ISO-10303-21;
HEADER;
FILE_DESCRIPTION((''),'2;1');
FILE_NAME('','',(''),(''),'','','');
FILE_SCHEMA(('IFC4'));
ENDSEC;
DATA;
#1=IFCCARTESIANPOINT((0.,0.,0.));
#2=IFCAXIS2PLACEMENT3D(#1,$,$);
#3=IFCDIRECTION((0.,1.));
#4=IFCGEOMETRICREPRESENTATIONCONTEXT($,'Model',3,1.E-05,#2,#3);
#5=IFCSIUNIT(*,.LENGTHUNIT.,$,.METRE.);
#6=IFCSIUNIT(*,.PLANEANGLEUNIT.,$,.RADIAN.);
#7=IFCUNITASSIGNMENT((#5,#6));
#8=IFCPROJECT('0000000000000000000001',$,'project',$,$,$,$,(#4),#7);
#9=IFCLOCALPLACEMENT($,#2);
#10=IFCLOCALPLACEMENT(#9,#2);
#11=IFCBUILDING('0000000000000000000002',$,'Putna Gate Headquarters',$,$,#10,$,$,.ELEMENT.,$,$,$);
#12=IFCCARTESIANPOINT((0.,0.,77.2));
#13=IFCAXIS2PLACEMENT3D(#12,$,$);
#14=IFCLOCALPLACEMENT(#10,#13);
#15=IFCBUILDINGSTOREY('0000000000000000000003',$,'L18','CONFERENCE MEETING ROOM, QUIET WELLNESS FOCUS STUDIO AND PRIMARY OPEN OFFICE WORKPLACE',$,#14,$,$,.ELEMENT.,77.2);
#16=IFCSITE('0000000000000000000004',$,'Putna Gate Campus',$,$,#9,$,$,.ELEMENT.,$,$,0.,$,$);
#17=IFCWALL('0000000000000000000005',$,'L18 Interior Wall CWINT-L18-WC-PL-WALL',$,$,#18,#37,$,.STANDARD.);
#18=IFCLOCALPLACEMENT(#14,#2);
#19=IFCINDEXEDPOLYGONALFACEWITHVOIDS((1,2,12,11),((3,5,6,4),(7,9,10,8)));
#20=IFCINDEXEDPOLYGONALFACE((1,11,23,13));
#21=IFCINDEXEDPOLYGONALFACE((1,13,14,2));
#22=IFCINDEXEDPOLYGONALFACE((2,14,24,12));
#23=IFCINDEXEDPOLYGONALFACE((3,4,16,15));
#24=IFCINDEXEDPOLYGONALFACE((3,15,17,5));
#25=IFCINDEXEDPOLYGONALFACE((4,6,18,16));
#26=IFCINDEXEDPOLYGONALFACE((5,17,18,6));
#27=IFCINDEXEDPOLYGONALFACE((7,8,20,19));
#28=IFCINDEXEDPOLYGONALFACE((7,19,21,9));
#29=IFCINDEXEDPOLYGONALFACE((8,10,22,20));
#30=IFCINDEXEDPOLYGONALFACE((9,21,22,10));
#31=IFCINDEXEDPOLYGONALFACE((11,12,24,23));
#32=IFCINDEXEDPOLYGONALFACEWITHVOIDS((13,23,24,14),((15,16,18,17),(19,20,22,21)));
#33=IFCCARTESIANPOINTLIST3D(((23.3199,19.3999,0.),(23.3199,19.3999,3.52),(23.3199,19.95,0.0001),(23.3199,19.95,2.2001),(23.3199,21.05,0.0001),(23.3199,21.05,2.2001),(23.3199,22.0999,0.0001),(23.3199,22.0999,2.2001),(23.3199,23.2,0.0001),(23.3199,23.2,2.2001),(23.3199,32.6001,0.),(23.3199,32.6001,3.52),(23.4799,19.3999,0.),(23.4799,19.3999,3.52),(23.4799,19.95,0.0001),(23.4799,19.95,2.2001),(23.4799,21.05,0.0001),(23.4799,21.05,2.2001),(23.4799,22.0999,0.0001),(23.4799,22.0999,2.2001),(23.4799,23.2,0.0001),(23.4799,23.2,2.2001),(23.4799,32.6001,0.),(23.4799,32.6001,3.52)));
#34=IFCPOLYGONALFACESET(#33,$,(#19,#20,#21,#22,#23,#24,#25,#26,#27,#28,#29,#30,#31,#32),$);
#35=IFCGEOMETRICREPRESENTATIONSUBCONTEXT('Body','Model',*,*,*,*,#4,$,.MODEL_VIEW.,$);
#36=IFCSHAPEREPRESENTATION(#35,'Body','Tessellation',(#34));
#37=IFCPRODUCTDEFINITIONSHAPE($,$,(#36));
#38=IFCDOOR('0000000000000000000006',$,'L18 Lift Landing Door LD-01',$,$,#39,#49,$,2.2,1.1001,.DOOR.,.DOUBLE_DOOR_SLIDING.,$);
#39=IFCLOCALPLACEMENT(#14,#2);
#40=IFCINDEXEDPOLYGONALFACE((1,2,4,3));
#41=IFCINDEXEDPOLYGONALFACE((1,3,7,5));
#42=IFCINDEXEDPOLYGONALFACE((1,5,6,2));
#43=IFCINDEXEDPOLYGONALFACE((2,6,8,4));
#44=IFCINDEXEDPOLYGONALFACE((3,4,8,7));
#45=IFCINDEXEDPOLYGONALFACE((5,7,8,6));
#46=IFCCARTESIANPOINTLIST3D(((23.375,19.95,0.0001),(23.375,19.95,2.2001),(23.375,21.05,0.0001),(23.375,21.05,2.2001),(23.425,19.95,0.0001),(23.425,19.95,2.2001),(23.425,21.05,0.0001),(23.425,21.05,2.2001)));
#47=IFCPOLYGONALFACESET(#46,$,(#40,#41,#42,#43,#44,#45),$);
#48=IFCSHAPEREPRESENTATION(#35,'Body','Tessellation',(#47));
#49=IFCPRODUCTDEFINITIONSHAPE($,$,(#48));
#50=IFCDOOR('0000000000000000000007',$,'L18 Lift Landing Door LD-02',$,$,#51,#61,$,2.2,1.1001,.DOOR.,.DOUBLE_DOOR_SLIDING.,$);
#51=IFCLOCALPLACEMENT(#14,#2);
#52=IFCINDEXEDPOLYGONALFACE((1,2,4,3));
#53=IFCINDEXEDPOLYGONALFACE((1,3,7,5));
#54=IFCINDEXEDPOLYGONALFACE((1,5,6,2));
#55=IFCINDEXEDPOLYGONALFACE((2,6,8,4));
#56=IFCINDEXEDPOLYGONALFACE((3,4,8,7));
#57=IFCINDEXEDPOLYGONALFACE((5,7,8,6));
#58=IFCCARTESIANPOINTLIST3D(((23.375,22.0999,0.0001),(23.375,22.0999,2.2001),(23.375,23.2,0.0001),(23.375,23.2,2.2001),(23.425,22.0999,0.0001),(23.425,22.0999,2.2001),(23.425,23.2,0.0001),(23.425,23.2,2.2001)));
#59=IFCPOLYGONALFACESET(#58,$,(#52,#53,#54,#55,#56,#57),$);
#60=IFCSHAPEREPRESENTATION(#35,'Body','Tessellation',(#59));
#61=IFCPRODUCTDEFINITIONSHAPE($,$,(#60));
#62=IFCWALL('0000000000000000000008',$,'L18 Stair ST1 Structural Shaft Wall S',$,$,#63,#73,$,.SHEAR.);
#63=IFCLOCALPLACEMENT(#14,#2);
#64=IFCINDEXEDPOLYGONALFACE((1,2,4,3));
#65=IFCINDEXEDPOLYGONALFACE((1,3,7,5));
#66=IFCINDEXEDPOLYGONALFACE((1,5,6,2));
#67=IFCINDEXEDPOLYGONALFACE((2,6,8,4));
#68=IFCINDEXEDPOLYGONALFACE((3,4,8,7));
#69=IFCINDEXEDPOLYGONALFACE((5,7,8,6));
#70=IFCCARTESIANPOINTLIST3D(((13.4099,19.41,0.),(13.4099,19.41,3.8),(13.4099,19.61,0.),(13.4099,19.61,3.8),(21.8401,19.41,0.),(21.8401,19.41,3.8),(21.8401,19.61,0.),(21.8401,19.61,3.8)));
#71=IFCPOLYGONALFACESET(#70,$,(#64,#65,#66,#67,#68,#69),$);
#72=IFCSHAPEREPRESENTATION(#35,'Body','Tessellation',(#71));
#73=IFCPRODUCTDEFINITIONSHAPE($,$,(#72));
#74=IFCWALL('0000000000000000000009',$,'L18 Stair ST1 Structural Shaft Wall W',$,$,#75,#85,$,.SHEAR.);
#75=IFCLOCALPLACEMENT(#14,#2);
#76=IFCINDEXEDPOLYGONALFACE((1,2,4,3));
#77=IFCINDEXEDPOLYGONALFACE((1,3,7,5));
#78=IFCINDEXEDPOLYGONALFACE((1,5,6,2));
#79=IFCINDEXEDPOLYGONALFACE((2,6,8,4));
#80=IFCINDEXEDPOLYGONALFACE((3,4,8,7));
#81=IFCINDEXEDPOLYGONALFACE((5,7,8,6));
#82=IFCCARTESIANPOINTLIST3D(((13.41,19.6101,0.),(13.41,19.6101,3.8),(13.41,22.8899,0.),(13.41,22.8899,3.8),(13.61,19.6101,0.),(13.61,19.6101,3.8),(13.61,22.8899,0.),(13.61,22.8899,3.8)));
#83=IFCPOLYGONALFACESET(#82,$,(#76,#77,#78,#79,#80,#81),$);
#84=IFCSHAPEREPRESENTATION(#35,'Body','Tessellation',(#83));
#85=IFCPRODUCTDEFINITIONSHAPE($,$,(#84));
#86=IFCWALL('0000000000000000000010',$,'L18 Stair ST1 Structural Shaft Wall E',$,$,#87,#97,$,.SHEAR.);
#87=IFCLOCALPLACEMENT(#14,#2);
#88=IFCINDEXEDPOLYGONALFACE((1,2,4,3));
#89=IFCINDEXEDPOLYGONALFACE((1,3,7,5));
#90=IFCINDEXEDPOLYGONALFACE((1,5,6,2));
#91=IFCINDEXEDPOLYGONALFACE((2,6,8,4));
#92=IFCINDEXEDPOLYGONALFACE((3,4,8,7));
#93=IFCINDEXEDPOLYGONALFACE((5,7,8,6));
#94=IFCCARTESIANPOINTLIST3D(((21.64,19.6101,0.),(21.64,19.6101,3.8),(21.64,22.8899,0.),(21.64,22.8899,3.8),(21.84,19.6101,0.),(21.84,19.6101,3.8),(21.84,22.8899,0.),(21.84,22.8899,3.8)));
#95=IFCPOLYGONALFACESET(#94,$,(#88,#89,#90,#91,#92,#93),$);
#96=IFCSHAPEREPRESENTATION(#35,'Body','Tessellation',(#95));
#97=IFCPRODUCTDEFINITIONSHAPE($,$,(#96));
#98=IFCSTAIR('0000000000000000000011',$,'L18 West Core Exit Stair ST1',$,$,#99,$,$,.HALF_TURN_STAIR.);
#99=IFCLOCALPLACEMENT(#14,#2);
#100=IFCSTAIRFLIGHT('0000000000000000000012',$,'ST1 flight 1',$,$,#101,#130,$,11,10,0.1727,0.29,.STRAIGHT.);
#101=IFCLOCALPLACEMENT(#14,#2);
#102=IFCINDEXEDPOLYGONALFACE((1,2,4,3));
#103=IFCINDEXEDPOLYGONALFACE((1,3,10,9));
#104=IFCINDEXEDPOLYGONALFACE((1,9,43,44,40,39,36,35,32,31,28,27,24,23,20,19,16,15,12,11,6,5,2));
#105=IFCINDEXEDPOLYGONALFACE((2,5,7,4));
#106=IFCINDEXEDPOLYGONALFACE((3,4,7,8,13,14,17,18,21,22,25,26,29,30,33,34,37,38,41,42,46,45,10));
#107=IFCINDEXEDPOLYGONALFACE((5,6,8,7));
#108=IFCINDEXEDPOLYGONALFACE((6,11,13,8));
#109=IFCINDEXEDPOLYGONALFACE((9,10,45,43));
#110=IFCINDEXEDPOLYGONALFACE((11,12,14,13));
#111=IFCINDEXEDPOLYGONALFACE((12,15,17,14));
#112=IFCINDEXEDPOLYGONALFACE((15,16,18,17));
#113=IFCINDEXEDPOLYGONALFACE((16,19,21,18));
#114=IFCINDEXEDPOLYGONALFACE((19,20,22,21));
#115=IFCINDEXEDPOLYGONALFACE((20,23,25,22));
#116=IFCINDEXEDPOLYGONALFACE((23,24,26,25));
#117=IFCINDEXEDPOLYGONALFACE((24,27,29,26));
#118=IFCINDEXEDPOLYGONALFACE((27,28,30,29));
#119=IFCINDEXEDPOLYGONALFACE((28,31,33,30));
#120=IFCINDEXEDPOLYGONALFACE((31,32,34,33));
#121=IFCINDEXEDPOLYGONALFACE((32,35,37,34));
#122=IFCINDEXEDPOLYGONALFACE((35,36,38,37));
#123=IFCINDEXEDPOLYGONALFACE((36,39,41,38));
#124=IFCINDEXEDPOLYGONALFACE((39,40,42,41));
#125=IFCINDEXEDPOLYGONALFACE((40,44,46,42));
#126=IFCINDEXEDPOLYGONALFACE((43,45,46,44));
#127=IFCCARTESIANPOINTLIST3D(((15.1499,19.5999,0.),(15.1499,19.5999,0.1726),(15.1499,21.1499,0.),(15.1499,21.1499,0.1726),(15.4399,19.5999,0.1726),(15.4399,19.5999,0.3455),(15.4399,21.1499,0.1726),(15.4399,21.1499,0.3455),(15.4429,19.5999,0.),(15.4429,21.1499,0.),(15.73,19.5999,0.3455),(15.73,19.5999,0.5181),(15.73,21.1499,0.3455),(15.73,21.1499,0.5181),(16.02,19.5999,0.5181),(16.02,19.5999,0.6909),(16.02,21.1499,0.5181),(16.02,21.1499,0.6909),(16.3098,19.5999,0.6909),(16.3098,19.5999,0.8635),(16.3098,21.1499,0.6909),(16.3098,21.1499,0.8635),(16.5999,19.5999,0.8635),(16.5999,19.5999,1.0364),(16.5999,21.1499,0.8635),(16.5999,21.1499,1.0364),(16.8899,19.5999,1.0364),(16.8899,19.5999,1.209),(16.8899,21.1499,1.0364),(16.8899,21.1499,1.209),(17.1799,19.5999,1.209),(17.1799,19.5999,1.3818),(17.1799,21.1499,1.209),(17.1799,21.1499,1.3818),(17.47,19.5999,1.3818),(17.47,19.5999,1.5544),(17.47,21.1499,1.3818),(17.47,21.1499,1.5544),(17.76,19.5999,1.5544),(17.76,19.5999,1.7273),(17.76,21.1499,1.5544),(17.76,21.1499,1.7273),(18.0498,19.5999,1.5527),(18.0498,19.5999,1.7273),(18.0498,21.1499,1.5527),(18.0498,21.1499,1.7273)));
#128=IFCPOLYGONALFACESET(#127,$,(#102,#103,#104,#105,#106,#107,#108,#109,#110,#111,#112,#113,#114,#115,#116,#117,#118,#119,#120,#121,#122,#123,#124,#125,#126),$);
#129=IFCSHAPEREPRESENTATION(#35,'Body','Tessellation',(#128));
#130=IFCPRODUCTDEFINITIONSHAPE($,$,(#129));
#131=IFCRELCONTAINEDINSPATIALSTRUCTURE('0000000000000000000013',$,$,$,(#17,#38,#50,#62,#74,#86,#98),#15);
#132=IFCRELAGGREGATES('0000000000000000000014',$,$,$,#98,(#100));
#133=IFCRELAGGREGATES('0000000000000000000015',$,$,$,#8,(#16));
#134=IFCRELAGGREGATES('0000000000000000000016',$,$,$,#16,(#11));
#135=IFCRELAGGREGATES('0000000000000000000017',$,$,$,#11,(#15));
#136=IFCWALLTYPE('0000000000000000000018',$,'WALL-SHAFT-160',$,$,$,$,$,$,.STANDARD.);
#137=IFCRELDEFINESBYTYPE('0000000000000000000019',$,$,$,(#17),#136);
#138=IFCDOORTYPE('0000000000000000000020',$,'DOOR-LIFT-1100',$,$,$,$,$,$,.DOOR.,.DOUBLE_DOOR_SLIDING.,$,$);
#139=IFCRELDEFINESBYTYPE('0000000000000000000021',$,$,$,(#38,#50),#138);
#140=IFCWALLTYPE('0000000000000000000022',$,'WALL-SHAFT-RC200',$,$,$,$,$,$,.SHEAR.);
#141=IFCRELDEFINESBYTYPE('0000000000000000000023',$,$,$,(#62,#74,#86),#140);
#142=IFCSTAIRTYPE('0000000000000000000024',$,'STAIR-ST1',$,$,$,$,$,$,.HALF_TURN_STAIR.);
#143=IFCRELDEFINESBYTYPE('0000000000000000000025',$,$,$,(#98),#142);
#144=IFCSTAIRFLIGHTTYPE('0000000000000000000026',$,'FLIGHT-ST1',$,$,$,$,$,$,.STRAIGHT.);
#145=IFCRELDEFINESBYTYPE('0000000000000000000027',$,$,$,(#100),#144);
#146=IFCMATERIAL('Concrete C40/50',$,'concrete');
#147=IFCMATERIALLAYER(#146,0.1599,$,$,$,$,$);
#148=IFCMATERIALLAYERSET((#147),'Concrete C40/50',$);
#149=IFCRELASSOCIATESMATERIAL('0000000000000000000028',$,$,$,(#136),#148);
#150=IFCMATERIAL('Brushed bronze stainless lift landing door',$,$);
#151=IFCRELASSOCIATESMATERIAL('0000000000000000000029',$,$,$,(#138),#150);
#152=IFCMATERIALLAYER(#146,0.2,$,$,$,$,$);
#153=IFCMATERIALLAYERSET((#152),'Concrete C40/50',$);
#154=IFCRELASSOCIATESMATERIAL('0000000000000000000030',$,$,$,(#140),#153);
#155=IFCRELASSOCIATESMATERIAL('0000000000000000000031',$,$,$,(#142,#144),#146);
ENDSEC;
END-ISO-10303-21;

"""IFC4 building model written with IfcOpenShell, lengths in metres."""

from ifc_helpers import new_model, si_unit, direction, frame, frame_2d, origin, place, context, subcontext, project, spatial, polyline, rectangle, outline, extrude, material, layer, layer_set, type_object, element, fill, aggregate, save


model = new_model("IFC4")

# Units and contexts
model_context = context("Model", 3, precision=1e-05, world=origin(), true_north=direction((0.0, 1.0)))
body_context = subcontext(model_context, "Body", "Model", "MODEL_VIEW")
ifc_project = project(units=[si_unit("LENGTHUNIT", "METRE"), si_unit("PLANEANGLEUNIT", "RADIAN")], contexts=[model_context])

# Site, building, storey
site_placement = place(None, origin())
site = spatial("IfcSite", under=ifc_project, at=site_placement, Name="Putna Gate Campus", CompositionType="ELEMENT", RefElevation=0.0)
building_placement = place(site_placement, origin())
building = spatial("IfcBuilding", under=site, at=building_placement, Name="Putna Gate Headquarters", CompositionType="ELEMENT")
storey_placement = place(building_placement, frame((0.0, 0.0, 77.2)))
storey = spatial("IfcBuildingStorey", under=building, at=storey_placement, Name="L18", Description="CONFERENCE MEETING ROOM, QUIET WELLNESS FOCUS STUDIO AND PRIMARY OPEN OFFICE WORKPLACE", CompositionType="ELEMENT", Elevation=77.2)

# Wall, openings, doors
ifc_material_1 = material(Name="Concrete C40/50", Category="concrete")
ifc_layer_1 = layer(ifc_material_1, 0.1599)
ifc_layer_set_1 = layer_set([ifc_layer_1], Name="Concrete C40/50")
wall_type_1 = type_object("IfcWallType", Name="WALL-SHAFT-160", PredefinedType="STANDARD", material=ifc_layer_set_1)
wall_1_placement = place(storey_placement, frame((23.3999, 19.3999, 0.0), z_axis=(0.0, 0.0, 1.0), x_axis=(0.0, 1.0, 0.0)))
wall_1 = element("IfcWall", 1, at=wall_1_placement, inside=storey, type_object=wall_type_1, Name="L18 Interior Wall CWINT-L18-WC-PL-WALL", PredefinedType="STANDARD", context=body_context, shape_type="SweptSolid", body=[
    extrude(rectangle(XDim=13.2002, YDim=0.1599, at=frame_2d((6.6001, 0.0))), origin(), (0.0, 0.0, 1.0), 3.52),
])
opening_1_placement = place(wall_1_placement, frame((0.55, 0.0, 0.0)))
opening_1 = element("IfcOpeningElement", 2, at=opening_1_placement, cuts=wall_1, PredefinedType="OPENING", context=body_context, shape_type="SweptSolid", body=[
    extrude(rectangle(XDim=1.1001, YDim=2.2, at=frame_2d((0.55, 1.1001))), frame((0.0, 0.0898, 0.0), z_axis=(0.0, -1.0, 0.0), x_axis=(1.0, 0.0, 0.0)), (0.0, 0.0, 1.0), 0.1799),
])
opening_2_placement = place(wall_1_placement, frame((2.7, 0.0, 0.0)))
opening_2 = element("IfcOpeningElement", 3, at=opening_2_placement, cuts=wall_1, PredefinedType="OPENING", context=body_context, shape_type="SweptSolid", body=[
    extrude(rectangle(XDim=1.1001, YDim=2.2, at=frame_2d((0.55, 1.1001))), frame((0.0, 0.0898, 0.0), z_axis=(0.0, -1.0, 0.0), x_axis=(1.0, 0.0, 0.0)), (0.0, 0.0, 1.0), 0.1799),
])
ifc_material_2 = material(Name="Brushed bronze stainless lift landing door")
door_type_1 = type_object("IfcDoorType", Name="DOOR-LIFT-1100", OperationType="DOUBLE_DOOR_SLIDING", PredefinedType="DOOR", material=ifc_material_2)
door_1_placement = place(opening_1_placement, origin())
door_1 = element("IfcDoor", 4, at=door_1_placement, inside=storey, type_object=door_type_1, Name="L18 Lift Landing Door LD-01", OperationType="DOUBLE_DOOR_SLIDING", OverallHeight=2.2, OverallWidth=1.1001, PredefinedType="DOOR", context=body_context, shape_type="SweptSolid", body=[
    extrude(rectangle(XDim=1.1001, YDim=2.2, at=frame_2d((0.55, 1.1001))), frame((0.0, 0.0249, 0.0), z_axis=(0.0, -1.0, 0.0), x_axis=(1.0, 0.0, 0.0)), (0.0, 0.0, 1.0), 0.05),
])
fill(opening_1, door_1)
door_2_placement = place(opening_2_placement, origin())
door_2 = element("IfcDoor", 5, at=door_2_placement, inside=storey, type_object=door_type_1, Name="L18 Lift Landing Door LD-02", OperationType="DOUBLE_DOOR_SLIDING", OverallHeight=2.2, OverallWidth=1.1001, PredefinedType="DOOR", context=body_context, shape_type="SweptSolid", body=[
    extrude(rectangle(XDim=1.1001, YDim=2.2, at=frame_2d((0.55, 1.1001))), frame((0.0, 0.0249, 0.0), z_axis=(0.0, -1.0, 0.0), x_axis=(1.0, 0.0, 0.0)), (0.0, 0.0, 1.0), 0.05),
])
fill(opening_2, door_2)

# Walls
ifc_layer_2 = layer(ifc_material_1, 0.2)
ifc_layer_set_2 = layer_set([ifc_layer_2], Name="Concrete C40/50")
wall_type_2 = type_object("IfcWallType", Name="WALL-SHAFT-RC200", PredefinedType="SHEAR", material=ifc_layer_set_2)
wall_2_placement = place(storey_placement, frame((13.4099, 19.51, 0.0), z_axis=(0.0, 0.0, 1.0), x_axis=(1.0, 0.0, 0.0)))
element("IfcWall", 6, at=wall_2_placement, inside=storey, type_object=wall_type_2, Name="L18 Stair ST1 Structural Shaft Wall S", PredefinedType="SHEAR", context=body_context, shape_type="SweptSolid", body=[
    extrude(rectangle(XDim=8.4302, YDim=0.2, at=frame_2d((4.2151, 0.0))), origin(), (0.0, 0.0, 1.0), 3.8),
])
for number, where, z_axis, x_axis, name in (
    (7, (13.51, 19.6101, 0.0), (0.0, 0.0, 1.0), (0.0, 1.0, 0.0), "L18 Stair ST1 Structural Shaft Wall W"),
    (8, (21.74, 19.6101, 0.0), (0.0, 0.0, 1.0), (0.0, 1.0, 0.0), "L18 Stair ST1 Structural Shaft Wall E"),
):
    element("IfcWall", number, at=place(storey_placement, frame(where, z_axis=z_axis, x_axis=x_axis)), inside=storey, type_object=wall_type_2, Name=name, PredefinedType="SHEAR", context=body_context, shape_type="SweptSolid", body=[
        extrude(rectangle(XDim=3.2798, YDim=0.2, at=frame_2d((1.6399, 0.0))), origin(), (0.0, 0.0, 1.0), 3.8),
    ])

# Stair, stair flight
stair_type = type_object("IfcStairType", Name="STAIR-ST1", PredefinedType="HALF_TURN_STAIR", material=ifc_material_1)
stair_placement = place(storey_placement, origin())
stair = element("IfcStair", 9, at=stair_placement, inside=storey, type_object=stair_type, Name="L18 West Core Exit Stair ST1", PredefinedType="HALF_TURN_STAIR")
stair_flight_type = type_object("IfcStairFlightType", Name="FLIGHT-ST1", PredefinedType="STRAIGHT", material=ifc_material_1)
stair_flight_placement = place(storey_placement, frame((15.1499, 20.375, 0.0), z_axis=(0.0, 0.0, 1.0), x_axis=(1.0, 0.0, 0.0)))
stair_flight = element("IfcStairFlight", 10, at=stair_flight_placement, type_object=stair_flight_type, Name="ST1 flight 1", NumberOfRisers=11, NumberOfTreads=10, PredefinedType="STRAIGHT", RiserHeight=0.1727, TreadLength=0.29, context=body_context, shape_type="SweptSolid", body=[
    extrude(outline(polyline([(0.0, 0.0), (0.0, 0.1726), (0.29, 0.1726), (0.29, 0.3455), (0.5801, 0.3455), (0.5801, 0.5181), (0.8701, 0.5181), (0.8701, 0.6909), (1.1599, 0.6909), (1.1599, 0.8635), (1.45, 0.8635), (1.45, 1.0364), (1.74, 1.0364), (1.74, 1.209), (2.03, 1.209), (2.03, 1.3818), (2.3201, 1.3818), (2.3201, 1.5544), (2.6101, 1.5544), (2.6101, 1.7273), (2.8999, 1.7273), (2.8999, 1.8999), (2.8999, 1.5527), (0.293, 0.0), (0.0, 0.0)])), frame((0.0, 0.7749, 0.0), z_axis=(0.0, -1.0, 0.0), x_axis=(1.0, 0.0, 0.0)), (0.0, 0.0, 1.0), 1.55),
])
aggregate(stair, [stair_flight])

save(model, "model.ifc")
